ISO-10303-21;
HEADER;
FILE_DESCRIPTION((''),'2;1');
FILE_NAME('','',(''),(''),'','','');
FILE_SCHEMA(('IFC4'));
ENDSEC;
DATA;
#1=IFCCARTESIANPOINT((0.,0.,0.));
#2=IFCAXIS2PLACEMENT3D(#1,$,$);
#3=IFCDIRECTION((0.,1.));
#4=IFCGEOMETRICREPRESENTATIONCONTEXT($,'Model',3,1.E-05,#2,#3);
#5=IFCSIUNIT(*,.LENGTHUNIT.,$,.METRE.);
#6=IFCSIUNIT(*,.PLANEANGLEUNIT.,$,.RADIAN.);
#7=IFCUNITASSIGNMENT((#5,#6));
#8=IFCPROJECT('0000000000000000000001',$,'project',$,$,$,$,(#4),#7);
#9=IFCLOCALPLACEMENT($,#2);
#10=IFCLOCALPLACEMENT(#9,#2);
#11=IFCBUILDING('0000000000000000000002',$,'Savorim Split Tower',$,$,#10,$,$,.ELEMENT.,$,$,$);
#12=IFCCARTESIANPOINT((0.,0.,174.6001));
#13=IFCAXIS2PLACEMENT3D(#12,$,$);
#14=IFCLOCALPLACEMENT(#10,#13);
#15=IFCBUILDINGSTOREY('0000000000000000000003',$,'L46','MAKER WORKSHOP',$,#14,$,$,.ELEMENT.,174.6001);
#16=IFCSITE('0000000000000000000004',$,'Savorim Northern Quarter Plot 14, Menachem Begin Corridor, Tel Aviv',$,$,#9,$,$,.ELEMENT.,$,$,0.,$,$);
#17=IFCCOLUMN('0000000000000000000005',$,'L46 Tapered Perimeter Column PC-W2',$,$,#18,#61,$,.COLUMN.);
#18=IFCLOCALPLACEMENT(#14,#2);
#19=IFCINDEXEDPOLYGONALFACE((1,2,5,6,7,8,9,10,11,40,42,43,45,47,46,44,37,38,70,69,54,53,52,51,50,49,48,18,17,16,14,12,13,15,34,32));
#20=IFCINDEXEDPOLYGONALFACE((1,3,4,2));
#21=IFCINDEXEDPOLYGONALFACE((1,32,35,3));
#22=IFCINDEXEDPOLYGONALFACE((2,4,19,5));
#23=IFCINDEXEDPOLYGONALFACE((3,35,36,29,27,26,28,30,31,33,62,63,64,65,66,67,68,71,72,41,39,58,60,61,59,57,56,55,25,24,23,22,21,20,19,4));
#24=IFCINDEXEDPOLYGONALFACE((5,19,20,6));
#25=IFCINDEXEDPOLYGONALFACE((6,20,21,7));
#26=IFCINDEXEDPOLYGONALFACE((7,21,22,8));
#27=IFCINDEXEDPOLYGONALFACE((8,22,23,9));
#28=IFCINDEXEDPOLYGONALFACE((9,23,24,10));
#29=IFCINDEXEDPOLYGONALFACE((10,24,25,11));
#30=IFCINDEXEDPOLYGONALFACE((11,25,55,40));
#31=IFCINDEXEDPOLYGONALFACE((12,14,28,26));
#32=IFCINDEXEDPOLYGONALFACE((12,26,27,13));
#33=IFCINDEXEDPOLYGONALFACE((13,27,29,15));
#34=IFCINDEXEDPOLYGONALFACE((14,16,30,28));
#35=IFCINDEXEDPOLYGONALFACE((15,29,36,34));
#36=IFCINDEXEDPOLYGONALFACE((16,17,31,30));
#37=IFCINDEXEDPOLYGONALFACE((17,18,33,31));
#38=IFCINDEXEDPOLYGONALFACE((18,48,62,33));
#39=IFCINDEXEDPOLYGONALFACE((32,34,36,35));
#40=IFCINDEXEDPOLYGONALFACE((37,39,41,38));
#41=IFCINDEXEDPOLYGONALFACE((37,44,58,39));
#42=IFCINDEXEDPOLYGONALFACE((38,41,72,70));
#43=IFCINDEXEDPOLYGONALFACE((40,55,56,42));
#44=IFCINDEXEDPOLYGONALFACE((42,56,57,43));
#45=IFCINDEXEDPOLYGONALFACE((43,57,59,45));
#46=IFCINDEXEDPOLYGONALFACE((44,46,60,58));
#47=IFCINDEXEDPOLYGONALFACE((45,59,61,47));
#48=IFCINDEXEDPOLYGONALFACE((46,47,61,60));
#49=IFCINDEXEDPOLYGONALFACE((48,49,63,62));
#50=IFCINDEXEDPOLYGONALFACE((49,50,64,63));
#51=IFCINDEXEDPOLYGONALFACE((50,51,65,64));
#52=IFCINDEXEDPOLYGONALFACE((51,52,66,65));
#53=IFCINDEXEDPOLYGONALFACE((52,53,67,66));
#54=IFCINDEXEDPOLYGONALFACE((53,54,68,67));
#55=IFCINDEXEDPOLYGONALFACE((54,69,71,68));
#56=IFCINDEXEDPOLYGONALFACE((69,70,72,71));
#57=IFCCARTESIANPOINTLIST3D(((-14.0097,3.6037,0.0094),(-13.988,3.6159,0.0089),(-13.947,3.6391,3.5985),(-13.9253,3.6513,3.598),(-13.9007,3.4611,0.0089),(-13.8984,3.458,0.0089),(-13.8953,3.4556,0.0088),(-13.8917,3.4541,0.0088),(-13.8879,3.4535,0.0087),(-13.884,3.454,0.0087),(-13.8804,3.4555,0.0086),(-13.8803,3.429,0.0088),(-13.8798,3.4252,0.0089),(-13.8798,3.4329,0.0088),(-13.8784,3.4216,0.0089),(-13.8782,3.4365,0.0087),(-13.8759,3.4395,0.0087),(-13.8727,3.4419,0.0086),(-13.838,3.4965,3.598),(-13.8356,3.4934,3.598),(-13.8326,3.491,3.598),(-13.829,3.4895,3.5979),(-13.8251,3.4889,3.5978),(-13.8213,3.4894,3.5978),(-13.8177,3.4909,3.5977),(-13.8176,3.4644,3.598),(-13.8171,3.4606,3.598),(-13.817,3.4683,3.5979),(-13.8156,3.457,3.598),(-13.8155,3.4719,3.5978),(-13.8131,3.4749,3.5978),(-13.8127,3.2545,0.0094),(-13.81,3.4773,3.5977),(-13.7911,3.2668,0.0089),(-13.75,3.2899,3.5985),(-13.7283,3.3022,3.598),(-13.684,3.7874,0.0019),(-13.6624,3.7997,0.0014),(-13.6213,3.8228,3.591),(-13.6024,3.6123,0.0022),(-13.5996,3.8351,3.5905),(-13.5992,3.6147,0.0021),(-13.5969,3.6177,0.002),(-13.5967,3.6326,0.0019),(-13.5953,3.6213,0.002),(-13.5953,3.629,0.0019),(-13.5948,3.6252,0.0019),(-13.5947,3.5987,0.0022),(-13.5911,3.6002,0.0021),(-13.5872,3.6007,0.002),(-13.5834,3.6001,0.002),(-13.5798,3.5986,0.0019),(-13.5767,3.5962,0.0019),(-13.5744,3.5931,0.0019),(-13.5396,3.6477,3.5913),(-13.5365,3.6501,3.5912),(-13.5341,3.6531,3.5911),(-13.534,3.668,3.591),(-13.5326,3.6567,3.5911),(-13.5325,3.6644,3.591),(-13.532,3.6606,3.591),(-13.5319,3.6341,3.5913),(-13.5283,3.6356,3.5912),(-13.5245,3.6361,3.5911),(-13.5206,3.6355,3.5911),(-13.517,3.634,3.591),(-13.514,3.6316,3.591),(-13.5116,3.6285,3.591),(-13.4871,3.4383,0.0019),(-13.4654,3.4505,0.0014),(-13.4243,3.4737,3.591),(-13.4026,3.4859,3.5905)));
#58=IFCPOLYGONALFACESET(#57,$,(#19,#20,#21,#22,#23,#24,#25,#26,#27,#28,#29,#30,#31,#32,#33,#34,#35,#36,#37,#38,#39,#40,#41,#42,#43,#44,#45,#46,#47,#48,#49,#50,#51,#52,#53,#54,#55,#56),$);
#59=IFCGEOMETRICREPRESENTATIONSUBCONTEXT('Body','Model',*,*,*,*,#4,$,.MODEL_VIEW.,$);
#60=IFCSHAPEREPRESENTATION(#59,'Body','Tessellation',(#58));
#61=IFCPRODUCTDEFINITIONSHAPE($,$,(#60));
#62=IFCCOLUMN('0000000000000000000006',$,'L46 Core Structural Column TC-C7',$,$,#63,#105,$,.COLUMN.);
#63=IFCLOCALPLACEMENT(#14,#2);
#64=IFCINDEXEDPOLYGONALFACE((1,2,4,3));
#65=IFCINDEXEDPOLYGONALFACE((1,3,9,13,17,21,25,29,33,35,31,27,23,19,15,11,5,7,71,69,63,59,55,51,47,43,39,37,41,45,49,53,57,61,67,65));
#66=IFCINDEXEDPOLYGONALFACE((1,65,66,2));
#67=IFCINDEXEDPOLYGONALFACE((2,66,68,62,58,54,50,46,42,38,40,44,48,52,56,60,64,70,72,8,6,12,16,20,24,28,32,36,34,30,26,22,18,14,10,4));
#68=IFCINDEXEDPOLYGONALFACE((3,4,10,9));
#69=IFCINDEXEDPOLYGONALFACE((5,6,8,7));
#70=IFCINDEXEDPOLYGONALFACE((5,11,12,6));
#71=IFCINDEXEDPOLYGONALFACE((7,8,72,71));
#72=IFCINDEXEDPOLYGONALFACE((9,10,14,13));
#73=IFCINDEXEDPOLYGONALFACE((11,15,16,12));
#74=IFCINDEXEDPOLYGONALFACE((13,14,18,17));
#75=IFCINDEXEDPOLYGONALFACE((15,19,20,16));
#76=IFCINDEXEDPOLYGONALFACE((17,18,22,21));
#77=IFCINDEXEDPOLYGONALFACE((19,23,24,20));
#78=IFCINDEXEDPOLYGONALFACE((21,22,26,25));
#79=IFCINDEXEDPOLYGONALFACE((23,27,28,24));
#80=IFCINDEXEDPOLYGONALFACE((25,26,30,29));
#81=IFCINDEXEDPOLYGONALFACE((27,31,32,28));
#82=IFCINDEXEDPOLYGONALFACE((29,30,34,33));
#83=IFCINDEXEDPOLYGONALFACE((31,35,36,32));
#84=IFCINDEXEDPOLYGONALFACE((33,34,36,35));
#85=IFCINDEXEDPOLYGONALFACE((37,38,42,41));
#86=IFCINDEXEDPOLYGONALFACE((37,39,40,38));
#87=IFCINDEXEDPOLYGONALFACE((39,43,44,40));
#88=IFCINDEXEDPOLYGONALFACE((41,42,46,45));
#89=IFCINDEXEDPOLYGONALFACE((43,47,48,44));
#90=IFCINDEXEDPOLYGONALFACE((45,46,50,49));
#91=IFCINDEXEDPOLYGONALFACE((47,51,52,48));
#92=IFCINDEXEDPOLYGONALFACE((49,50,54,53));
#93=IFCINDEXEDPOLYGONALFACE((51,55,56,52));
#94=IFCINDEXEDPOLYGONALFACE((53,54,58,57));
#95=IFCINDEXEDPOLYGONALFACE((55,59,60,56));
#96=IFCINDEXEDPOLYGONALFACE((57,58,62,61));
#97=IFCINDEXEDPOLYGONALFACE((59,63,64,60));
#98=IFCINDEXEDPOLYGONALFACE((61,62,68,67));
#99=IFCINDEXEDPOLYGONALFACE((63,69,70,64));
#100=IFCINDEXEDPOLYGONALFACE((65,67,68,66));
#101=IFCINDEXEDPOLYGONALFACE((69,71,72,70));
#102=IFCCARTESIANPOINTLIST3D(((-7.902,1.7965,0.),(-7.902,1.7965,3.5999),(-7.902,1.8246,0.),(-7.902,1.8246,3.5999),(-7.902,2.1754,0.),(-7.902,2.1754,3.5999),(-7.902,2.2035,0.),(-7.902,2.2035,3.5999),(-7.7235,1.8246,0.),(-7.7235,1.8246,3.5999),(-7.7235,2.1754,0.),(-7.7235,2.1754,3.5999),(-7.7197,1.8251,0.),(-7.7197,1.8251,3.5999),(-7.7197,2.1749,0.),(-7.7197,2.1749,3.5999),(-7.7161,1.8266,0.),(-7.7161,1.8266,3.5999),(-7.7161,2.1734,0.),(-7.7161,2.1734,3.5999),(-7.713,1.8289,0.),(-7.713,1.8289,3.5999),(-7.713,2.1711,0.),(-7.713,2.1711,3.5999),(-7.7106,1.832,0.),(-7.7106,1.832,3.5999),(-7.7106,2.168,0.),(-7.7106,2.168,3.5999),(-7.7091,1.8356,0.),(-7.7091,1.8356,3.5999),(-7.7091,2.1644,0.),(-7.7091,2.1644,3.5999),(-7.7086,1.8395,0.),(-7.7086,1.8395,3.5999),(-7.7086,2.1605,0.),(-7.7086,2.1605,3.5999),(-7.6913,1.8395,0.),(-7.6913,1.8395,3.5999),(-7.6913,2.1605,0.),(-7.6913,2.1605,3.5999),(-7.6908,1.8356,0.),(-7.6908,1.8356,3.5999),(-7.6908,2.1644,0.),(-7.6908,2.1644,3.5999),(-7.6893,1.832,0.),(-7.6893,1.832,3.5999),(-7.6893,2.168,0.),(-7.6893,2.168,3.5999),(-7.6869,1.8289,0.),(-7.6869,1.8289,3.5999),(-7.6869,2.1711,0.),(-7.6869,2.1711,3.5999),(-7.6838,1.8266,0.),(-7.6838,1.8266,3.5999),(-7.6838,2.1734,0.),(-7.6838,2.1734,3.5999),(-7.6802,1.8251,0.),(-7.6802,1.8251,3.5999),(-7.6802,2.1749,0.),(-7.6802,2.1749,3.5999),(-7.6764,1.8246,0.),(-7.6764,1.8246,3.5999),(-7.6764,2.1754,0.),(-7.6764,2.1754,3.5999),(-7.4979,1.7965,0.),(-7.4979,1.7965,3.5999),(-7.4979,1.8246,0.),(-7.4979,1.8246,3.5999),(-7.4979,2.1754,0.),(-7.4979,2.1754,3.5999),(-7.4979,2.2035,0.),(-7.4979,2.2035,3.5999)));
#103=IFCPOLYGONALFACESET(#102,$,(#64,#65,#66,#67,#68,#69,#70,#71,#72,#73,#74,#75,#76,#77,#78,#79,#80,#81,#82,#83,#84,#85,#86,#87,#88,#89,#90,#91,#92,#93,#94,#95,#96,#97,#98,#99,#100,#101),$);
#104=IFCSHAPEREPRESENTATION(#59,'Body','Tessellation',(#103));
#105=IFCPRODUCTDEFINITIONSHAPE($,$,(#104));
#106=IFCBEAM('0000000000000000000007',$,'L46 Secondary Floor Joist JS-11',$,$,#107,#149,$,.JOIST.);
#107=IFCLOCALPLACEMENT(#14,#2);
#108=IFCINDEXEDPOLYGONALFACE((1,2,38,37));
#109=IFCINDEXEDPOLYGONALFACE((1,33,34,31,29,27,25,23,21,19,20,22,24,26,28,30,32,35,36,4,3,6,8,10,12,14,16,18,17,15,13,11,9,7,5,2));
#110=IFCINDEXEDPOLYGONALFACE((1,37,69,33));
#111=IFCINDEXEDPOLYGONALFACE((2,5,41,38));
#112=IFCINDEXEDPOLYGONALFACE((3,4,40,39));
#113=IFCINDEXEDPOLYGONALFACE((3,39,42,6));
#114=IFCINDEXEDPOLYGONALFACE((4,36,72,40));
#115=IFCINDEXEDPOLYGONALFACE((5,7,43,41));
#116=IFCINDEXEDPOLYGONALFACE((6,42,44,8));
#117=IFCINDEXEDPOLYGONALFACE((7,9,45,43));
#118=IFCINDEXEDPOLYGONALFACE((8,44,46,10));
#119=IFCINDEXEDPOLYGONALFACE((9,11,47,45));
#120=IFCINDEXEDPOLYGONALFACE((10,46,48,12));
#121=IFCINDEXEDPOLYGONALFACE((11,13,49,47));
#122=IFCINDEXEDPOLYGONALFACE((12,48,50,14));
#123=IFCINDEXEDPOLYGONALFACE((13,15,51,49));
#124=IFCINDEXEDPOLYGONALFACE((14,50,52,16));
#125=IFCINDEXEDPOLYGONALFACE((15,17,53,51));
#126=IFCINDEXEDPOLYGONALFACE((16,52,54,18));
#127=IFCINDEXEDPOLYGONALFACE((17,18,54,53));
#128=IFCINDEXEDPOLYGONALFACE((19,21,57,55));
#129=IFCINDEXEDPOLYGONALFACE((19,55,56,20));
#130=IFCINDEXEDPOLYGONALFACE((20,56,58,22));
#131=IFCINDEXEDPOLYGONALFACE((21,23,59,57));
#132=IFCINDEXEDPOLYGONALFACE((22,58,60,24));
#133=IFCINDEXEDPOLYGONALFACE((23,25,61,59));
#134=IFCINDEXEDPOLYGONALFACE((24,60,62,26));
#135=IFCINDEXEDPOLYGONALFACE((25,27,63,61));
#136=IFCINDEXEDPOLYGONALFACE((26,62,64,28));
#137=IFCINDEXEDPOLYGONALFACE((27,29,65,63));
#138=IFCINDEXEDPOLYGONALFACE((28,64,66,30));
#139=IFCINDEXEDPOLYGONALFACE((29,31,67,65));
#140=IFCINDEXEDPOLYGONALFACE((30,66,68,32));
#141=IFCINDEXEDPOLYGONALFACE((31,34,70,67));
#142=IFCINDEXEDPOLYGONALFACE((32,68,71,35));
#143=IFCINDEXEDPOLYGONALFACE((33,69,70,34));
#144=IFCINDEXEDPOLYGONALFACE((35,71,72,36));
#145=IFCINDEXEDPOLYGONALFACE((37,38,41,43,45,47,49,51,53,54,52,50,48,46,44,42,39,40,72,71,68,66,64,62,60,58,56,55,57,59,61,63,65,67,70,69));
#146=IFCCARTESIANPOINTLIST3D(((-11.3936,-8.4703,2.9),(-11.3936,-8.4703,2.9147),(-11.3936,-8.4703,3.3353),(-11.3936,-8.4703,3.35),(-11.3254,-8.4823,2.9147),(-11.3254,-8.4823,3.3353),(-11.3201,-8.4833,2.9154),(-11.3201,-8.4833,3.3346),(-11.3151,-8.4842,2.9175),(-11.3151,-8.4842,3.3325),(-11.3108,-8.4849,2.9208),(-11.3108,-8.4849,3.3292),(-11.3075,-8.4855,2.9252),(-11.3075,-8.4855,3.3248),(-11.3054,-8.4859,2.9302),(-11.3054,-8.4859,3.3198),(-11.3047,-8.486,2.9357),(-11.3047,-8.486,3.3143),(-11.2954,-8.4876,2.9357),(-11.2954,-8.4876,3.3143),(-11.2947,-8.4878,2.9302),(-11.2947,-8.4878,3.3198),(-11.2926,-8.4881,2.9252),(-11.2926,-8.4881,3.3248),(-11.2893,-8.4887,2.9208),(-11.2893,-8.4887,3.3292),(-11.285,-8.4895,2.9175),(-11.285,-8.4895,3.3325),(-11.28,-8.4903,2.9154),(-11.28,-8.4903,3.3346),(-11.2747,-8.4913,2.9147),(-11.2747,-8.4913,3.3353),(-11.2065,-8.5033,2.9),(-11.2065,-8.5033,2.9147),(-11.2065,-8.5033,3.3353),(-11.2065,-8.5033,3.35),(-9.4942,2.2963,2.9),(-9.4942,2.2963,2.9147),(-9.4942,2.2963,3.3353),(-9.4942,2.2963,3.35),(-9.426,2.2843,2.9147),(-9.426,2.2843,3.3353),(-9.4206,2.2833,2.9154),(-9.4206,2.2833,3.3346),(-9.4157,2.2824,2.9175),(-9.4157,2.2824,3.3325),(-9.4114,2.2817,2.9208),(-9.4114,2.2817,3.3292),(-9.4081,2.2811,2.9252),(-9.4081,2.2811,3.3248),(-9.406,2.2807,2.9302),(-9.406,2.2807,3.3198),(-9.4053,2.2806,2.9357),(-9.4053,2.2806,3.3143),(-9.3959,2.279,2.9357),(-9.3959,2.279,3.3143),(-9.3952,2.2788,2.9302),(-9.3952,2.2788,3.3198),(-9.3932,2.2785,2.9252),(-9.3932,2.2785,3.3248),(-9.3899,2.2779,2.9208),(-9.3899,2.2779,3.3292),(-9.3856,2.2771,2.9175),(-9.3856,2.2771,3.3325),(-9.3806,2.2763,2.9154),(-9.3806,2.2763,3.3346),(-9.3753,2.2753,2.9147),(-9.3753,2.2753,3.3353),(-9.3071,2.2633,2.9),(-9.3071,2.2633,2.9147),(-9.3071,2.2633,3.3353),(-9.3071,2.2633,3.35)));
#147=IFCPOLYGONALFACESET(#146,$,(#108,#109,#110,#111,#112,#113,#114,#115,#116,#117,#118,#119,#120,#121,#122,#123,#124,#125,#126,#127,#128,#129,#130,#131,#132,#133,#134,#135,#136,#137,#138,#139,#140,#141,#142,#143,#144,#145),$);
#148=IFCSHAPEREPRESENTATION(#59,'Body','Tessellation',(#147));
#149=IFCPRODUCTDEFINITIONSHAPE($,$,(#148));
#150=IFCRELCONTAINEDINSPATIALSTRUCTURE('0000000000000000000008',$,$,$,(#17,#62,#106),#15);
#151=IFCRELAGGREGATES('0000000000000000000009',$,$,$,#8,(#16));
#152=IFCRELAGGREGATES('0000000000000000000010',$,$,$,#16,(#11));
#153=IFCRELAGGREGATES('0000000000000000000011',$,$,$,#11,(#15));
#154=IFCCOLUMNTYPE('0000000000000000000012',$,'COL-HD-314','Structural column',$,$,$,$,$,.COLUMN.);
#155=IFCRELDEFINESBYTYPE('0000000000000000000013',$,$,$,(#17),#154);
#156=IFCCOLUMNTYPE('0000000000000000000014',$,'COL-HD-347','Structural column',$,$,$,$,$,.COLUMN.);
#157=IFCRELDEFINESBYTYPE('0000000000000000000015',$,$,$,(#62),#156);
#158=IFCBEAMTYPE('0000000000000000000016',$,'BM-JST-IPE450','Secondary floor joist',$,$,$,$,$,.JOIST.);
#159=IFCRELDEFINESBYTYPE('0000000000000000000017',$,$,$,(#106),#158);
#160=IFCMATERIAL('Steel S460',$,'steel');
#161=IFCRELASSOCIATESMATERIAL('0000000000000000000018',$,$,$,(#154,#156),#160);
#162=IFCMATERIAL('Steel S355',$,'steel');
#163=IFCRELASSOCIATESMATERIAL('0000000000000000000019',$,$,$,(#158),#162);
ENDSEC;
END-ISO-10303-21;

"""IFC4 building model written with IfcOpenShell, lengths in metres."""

from ifc_helpers import new_model, si_unit, direction, frame, origin, origin_2d, place, context, subcontext, project, spatial, i_section, extrude, material, material_profile, profile_set, type_object, element, save


model = new_model("IFC4")

# Units and contexts
model_context = context("Model", 3, precision=1e-05, world=origin(), true_north=direction((0.0, 1.0)))
body_context = subcontext(model_context, "Body", "Model", "MODEL_VIEW")
ifc_project = project(units=[si_unit("LENGTHUNIT", "METRE"), si_unit("PLANEANGLEUNIT", "RADIAN")], contexts=[model_context])

# Site, building, storey
site_placement = place(None, origin())
site = spatial("IfcSite", under=ifc_project, at=site_placement, Name="Savorim Northern Quarter Plot 14, Menachem Begin Corridor, Tel Aviv", CompositionType="ELEMENT", RefElevation=0.0)
building_placement = place(site_placement, origin())
building = spatial("IfcBuilding", under=site, at=building_placement, Name="Savorim Split Tower", CompositionType="ELEMENT")
storey_placement = place(building_placement, frame((0.0, 0.0, 174.6001)))
storey = spatial("IfcBuildingStorey", under=building, at=storey_placement, Name="L46", Description="MAKER WORKSHOP", CompositionType="ELEMENT", Elevation=174.6001)

# Columns
ifc_material_1 = material(Name="Steel S460", Category="steel")
ifc_material_profile_1 = material_profile(ifc_material_1, i_section(OverallWidth=0.4009, OverallDepth=0.3989, WebThickness=0.0156, FlangeThickness=0.0249, FilletRadius=0.0149, at=origin_2d()), Name="HD 400x314")
ifc_profile_set_1 = profile_set([ifc_material_profile_1], Name="Steel S460")
column_type_1 = type_object("IfcColumnType", Name="COL-HD-314", Description="Structural column", PredefinedType="COLUMN", material=ifc_profile_set_1)
column_1_placement = place(storey_placement, frame((-13.7375, 3.5271, 0.0054), z_axis=(0.017478, 0.009861, 0.999799), x_axis=(-0.491387, 0.870941, 0.0)))
element("IfcColumn", 1, at=column_1_placement, inside=storey, type_object=column_type_1, Name="L46 Tapered Perimeter Column PC-W2", PredefinedType="COLUMN", context=body_context, shape_type="SweptSolid", body=[
    extrude(i_section(OverallWidth=0.4009, OverallDepth=0.3989, WebThickness=0.0156, FlangeThickness=0.0249, FilletRadius=0.0149, at=origin_2d()), origin(), (0.0, 0.0, 1.0), 3.5898),
])
ifc_material_profile_2 = material_profile(ifc_material_1, i_section(OverallWidth=0.4041, OverallDepth=0.407, WebThickness=0.0173, FlangeThickness=0.0281, FilletRadius=0.0149, at=origin_2d()), Name="HD 400x347")
ifc_profile_set_2 = profile_set([ifc_material_profile_2], Name="Steel S460")
column_type_2 = type_object("IfcColumnType", Name="COL-HD-347", Description="Structural column", PredefinedType="COLUMN", material=ifc_profile_set_2)
column_2_placement = place(storey_placement, frame((-7.7, 2.0, 0.0), z_axis=(0.0, 0.0, 1.0), x_axis=(1.0, 0.0, 0.0)))
element("IfcColumn", 2, at=column_2_placement, inside=storey, type_object=column_type_2, Name="L46 Core Structural Column TC-C7", PredefinedType="COLUMN", context=body_context, shape_type="SweptSolid", body=[
    extrude(i_section(OverallWidth=0.4041, OverallDepth=0.407, WebThickness=0.0173, FlangeThickness=0.0281, FilletRadius=0.0149, at=origin_2d()), origin(), (0.0, 0.0, 1.0), 3.5999),
])

# Beam
ifc_material_2 = material(Name="Steel S355", Category="steel")
ifc_material_profile_3 = material_profile(ifc_material_2, i_section(OverallWidth=0.1899, OverallDepth=0.45, WebThickness=0.0095, FlangeThickness=0.0146, FilletRadius=0.021, at=origin_2d()), Name="IPE 450")
ifc_profile_set_3 = profile_set([ifc_material_profile_3], Name="Steel S355")
beam_type_1 = type_object("IfcBeamType", Name="BM-JST-IPE450", Description="Secondary floor joist", PredefinedType="JOIST", material=ifc_profile_set_3)
beam_1_placement = place(storey_placement, frame((-9.4006, 2.2798, 3.125), z_axis=(-0.173734, -0.984793, 0.0), x_axis=(0.984793, -0.173734, 0.0)))
element("IfcBeam", 3, at=beam_1_placement, inside=storey, type_object=beam_type_1, Name="L46 Secondary Floor Joist JS-11", PredefinedType="JOIST", context=body_context, shape_type="SweptSolid", body=[
    extrude(i_section(OverallWidth=0.1899, OverallDepth=0.45, WebThickness=0.0095, FlangeThickness=0.0146, FilletRadius=0.021, at=origin_2d()), origin(), (0.0, 0.0, 1.0), 10.9329),
])

save(model, "model.ifc")
